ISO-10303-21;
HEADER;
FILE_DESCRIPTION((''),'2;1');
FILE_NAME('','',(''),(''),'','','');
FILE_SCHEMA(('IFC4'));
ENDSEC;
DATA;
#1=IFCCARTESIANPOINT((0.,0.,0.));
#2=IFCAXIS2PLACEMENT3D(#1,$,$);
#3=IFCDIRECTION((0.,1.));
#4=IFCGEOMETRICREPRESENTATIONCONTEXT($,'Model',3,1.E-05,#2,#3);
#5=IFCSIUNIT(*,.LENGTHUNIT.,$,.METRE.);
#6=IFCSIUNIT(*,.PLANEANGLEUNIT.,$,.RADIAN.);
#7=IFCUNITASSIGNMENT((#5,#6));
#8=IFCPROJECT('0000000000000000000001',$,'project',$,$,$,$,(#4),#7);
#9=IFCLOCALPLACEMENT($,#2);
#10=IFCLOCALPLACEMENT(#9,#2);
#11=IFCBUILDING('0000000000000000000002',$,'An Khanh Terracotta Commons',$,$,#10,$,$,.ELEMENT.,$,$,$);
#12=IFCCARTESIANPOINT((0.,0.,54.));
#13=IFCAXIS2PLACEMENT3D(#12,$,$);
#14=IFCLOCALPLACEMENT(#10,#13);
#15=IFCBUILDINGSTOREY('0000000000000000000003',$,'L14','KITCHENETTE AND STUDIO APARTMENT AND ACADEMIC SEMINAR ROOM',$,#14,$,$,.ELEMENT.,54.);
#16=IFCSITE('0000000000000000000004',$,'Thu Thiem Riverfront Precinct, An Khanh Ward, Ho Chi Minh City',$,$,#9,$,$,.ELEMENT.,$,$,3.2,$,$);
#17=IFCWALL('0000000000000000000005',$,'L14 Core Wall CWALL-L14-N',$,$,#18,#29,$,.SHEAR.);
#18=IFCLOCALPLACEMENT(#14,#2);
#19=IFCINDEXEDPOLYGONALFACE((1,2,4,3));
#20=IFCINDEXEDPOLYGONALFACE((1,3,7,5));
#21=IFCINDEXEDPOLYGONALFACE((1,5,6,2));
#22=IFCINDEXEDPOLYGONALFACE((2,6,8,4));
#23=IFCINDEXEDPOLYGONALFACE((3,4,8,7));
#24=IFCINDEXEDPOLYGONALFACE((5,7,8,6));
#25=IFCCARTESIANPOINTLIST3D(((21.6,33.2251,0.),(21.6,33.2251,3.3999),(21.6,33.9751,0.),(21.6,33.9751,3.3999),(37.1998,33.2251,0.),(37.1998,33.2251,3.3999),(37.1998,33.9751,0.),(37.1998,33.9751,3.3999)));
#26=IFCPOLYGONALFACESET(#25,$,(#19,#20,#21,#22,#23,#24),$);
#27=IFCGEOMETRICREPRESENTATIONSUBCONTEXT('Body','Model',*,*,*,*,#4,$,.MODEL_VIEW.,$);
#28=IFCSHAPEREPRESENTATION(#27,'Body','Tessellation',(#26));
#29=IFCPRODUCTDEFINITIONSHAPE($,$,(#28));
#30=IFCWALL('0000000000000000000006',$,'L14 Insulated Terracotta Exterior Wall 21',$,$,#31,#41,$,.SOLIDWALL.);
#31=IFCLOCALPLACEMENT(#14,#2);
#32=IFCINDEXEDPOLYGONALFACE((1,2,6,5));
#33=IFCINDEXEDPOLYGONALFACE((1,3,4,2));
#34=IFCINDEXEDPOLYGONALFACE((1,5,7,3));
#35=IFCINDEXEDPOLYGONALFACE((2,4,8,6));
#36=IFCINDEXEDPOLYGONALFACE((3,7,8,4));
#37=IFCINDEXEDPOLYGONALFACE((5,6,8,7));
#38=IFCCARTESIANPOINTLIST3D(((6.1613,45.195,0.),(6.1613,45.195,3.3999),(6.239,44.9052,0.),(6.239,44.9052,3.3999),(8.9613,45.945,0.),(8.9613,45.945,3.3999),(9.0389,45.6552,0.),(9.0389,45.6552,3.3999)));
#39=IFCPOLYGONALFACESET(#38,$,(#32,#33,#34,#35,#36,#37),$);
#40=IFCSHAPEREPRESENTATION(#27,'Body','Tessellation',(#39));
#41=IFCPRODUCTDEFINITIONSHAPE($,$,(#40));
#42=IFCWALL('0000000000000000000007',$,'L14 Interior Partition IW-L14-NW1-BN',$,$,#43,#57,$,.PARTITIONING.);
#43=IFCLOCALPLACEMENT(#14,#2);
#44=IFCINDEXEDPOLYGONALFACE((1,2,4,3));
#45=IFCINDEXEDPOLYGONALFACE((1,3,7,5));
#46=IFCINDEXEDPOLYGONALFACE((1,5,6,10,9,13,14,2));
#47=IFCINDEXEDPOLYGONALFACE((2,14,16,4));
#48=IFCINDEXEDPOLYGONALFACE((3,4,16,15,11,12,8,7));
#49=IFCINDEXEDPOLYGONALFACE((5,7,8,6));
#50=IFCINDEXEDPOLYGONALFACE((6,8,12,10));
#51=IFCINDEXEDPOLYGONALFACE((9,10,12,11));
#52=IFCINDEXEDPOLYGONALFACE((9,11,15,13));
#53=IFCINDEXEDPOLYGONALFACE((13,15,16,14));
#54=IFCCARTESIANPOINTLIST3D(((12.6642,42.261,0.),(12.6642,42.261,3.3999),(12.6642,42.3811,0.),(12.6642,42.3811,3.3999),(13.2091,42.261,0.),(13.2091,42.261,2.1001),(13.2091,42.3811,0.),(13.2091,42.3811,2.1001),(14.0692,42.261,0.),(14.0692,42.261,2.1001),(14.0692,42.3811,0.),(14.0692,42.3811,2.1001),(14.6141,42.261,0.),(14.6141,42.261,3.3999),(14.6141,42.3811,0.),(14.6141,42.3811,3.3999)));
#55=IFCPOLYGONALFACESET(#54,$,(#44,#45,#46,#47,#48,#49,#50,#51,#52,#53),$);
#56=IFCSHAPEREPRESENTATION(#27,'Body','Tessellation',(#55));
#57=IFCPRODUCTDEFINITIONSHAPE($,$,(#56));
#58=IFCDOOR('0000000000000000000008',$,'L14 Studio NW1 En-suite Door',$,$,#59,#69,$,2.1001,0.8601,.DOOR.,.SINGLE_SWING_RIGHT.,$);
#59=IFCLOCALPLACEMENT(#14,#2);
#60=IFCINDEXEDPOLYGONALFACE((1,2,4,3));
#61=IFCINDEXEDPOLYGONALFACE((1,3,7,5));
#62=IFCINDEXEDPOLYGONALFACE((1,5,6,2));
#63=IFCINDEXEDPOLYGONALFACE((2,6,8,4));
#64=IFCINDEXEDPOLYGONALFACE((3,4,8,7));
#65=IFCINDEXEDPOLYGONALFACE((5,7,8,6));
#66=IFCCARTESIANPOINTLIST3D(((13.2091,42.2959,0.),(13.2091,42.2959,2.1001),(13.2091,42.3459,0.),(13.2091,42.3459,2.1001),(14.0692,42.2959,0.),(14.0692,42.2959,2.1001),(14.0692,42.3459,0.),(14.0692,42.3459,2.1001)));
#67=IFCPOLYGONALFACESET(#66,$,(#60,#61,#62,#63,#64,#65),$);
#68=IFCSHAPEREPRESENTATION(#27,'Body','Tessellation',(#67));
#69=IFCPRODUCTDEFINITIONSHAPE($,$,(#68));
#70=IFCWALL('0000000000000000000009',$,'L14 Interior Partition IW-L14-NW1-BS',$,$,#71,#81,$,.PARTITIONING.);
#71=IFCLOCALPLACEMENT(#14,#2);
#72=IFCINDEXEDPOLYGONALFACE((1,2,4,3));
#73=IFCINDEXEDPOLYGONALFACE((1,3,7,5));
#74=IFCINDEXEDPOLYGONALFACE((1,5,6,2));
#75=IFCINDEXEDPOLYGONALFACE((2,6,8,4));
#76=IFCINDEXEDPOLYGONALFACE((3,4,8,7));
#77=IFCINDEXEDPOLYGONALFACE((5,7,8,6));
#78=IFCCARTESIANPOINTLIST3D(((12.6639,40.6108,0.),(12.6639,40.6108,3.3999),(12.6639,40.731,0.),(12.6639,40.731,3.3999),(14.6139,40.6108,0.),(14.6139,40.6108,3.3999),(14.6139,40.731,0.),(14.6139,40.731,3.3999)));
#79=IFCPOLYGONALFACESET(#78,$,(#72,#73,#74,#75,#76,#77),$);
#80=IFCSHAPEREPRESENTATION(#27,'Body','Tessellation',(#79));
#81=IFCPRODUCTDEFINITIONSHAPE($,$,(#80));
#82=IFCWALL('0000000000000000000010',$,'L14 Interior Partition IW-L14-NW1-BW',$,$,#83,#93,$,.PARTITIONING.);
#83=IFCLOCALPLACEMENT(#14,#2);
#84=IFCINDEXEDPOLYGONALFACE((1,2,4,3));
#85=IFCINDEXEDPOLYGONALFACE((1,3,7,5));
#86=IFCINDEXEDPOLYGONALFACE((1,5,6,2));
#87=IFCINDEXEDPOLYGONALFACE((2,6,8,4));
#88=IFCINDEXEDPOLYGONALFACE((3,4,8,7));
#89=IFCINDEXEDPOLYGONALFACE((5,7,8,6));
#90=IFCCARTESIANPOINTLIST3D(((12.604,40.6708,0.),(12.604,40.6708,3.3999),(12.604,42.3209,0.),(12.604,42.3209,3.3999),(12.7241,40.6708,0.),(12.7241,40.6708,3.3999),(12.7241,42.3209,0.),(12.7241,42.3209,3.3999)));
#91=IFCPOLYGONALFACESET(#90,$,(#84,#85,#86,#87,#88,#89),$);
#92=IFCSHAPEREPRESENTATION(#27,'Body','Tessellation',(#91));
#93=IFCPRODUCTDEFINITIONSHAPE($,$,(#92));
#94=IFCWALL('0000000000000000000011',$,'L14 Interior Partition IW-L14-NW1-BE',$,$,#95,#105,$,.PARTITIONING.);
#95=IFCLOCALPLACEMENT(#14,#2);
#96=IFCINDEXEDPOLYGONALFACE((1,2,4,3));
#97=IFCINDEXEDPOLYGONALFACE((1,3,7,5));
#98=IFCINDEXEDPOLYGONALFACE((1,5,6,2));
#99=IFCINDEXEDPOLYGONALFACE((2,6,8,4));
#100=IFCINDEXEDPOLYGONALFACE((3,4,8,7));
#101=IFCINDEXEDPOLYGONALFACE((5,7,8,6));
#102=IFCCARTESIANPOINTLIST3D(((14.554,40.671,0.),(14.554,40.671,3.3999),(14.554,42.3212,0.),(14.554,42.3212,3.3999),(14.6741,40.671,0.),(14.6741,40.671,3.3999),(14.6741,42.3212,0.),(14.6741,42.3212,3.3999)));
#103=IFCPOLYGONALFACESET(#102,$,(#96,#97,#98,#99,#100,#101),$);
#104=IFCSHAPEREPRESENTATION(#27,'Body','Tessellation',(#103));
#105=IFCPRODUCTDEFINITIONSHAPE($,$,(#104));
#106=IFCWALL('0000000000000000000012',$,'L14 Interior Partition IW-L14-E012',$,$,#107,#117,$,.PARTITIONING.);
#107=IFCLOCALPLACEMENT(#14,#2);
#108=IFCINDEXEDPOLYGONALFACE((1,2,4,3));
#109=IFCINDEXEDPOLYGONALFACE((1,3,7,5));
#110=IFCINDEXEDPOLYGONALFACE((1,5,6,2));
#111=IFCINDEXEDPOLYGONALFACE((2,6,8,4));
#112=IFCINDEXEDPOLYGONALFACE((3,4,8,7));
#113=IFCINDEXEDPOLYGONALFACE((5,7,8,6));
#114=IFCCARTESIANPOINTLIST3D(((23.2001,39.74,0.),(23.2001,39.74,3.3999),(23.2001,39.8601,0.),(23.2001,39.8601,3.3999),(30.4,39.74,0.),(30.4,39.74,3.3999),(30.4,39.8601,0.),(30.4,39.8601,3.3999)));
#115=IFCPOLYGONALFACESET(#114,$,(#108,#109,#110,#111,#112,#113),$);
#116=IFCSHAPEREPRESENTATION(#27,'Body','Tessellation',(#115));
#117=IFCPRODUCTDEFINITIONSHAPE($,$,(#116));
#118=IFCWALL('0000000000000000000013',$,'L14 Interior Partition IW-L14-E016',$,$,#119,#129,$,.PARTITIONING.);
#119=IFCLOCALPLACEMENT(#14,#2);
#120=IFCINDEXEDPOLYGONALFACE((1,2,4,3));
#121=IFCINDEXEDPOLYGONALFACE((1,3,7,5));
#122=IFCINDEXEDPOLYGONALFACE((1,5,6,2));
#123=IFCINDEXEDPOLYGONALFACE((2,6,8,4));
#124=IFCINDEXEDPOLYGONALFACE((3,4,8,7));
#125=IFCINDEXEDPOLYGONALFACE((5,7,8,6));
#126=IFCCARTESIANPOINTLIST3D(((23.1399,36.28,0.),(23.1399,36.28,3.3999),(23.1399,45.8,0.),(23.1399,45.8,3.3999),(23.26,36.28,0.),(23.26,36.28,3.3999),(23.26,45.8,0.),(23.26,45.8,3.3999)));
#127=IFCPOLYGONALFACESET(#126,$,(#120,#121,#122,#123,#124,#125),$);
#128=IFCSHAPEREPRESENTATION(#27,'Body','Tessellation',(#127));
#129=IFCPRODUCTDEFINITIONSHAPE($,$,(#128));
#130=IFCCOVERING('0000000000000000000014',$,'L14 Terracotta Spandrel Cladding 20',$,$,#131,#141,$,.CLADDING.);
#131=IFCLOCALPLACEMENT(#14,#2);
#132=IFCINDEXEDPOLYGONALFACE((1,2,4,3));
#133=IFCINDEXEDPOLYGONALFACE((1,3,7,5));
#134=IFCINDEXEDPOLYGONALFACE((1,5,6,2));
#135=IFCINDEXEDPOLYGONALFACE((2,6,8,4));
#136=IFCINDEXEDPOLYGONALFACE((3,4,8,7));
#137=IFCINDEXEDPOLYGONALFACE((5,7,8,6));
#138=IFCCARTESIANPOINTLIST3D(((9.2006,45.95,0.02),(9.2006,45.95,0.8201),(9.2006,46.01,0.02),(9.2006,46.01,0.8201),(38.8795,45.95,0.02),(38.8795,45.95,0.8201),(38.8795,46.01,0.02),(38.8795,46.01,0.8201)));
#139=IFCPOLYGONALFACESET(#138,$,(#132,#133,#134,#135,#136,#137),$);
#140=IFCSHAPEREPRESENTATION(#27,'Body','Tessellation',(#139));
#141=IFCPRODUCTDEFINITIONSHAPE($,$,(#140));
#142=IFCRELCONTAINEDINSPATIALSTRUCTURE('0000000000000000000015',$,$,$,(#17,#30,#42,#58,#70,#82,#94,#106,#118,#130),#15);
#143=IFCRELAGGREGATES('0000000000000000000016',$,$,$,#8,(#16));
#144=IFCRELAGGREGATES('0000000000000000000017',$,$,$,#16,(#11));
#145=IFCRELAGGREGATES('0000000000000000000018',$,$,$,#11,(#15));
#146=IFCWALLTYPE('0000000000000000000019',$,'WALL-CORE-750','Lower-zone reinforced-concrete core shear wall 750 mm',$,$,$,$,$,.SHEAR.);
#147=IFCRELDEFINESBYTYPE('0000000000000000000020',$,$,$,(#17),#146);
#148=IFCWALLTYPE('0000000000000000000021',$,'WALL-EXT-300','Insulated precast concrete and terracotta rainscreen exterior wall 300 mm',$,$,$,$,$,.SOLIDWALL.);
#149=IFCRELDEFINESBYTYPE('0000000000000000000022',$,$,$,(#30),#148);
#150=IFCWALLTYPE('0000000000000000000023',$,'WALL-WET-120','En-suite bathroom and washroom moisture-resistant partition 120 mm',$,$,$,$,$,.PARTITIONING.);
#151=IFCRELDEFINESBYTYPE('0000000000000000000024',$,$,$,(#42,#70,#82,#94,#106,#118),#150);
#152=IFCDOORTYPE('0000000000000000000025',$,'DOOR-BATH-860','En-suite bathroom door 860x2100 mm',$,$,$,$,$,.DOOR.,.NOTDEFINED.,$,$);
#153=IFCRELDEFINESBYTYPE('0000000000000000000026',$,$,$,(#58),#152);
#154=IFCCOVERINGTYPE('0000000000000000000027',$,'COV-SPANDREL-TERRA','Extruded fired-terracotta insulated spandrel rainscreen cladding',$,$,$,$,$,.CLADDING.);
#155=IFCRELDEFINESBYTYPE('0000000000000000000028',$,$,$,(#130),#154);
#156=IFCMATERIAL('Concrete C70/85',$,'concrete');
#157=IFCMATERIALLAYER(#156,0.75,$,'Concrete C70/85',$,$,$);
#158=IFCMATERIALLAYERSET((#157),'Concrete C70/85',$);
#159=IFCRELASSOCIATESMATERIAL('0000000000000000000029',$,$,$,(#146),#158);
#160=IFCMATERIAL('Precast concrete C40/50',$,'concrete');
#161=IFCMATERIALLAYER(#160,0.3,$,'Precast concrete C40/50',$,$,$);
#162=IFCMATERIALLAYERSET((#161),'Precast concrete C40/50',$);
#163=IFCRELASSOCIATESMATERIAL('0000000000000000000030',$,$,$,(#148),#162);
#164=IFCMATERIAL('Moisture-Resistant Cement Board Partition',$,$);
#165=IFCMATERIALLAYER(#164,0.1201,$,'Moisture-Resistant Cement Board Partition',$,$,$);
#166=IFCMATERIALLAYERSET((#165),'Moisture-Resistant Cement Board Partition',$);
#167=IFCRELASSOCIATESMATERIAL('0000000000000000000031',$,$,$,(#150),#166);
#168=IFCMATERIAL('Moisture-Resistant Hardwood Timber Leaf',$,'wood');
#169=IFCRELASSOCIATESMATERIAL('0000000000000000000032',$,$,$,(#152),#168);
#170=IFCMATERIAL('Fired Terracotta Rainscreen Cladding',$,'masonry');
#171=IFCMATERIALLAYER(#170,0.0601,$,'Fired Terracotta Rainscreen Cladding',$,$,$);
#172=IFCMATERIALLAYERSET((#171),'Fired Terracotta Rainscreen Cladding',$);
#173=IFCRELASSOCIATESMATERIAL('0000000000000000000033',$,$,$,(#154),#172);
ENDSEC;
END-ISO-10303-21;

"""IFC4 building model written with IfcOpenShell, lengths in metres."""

from ifc_helpers import new_model, si_unit, direction, frame, frame_2d, origin, origin_2d, place, context, subcontext, project, spatial, rectangle, extrude, material, layer, layer_set, type_object, element, fill, save


model = new_model("IFC4")

# Units and contexts
model_context = context("Model", 3, precision=1e-05, world=origin(), true_north=direction((0.0, 1.0)))
body_context = subcontext(model_context, "Body", "Model", "MODEL_VIEW")
ifc_project = project(units=[si_unit("LENGTHUNIT", "METRE"), si_unit("PLANEANGLEUNIT", "RADIAN")], contexts=[model_context])

# Site, building, storey
site_placement = place(None, origin())
site = spatial("IfcSite", under=ifc_project, at=site_placement, Name="Thu Thiem Riverfront Precinct, An Khanh Ward, Ho Chi Minh City", CompositionType="ELEMENT", RefElevation=3.2)
building_placement = place(site_placement, origin())
building = spatial("IfcBuilding", under=site, at=building_placement, Name="An Khanh Terracotta Commons", CompositionType="ELEMENT")
storey_placement = place(building_placement, frame((0.0, 0.0, 54.0)))
storey = spatial("IfcBuildingStorey", under=building, at=storey_placement, Name="L14", Description="KITCHENETTE AND STUDIO APARTMENT AND ACADEMIC SEMINAR ROOM", CompositionType="ELEMENT", Elevation=54.0)

# Walls
ifc_material_1 = material(Name="Concrete C70/85", Category="concrete")
ifc_layer_1 = layer(ifc_material_1, 0.75, Name="Concrete C70/85")
ifc_layer_set_1 = layer_set([ifc_layer_1], Name="Concrete C70/85")
wall_type_1 = type_object("IfcWallType", Name="WALL-CORE-750", Description="Lower-zone reinforced-concrete core shear wall 750 mm", PredefinedType="SHEAR", material=ifc_layer_set_1)
wall_1_placement = place(storey_placement, frame((21.6001, 33.6001, 0.0), z_axis=(0.0, 0.0, 1.0), x_axis=(1.0, 0.0, 0.0)))
element("IfcWall", 1, at=wall_1_placement, inside=storey, type_object=wall_type_1, Name="L14 Core Wall CWALL-L14-N", PredefinedType="SHEAR", context=body_context, shape_type="SweptSolid", body=[
    extrude(rectangle(XDim=15.5999, YDim=0.75, at=frame_2d((7.7998, 0.0))), origin(), (0.0, 0.0, 1.0), 3.3999),
])
ifc_material_2 = material(Name="Precast concrete C40/50", Category="concrete")
ifc_layer_2 = layer(ifc_material_2, 0.3, Name="Precast concrete C40/50")
ifc_layer_set_2 = layer_set([ifc_layer_2], Name="Precast concrete C40/50")
wall_type_2 = type_object("IfcWallType", Name="WALL-EXT-300", Description="Insulated precast concrete and terracotta rainscreen exterior wall 300 mm", PredefinedType="SOLIDWALL", material=ifc_layer_set_2)
wall_2_placement = place(storey_placement, frame((9.0, 45.8, 0.0), z_axis=(0.0, 0.0, 1.0), x_axis=(-0.965949, -0.258732, 0.0)))
element("IfcWall", 2, at=wall_2_placement, inside=storey, type_object=wall_type_2, Name="L14 Insulated Terracotta Exterior Wall 21", PredefinedType="SOLIDWALL", context=body_context, shape_type="SweptSolid", body=[
    extrude(rectangle(XDim=2.8987, YDim=0.3, at=frame_2d((1.4492, 0.0))), origin(), (0.0, 0.0, 1.0), 3.3999),
])

# Wall, opening, door
ifc_material_3 = material(Name="Moisture-Resistant Cement Board Partition")
ifc_layer_3 = layer(ifc_material_3, 0.1201, Name="Moisture-Resistant Cement Board Partition")
ifc_layer_set_3 = layer_set([ifc_layer_3], Name="Moisture-Resistant Cement Board Partition")
wall_type_3 = type_object("IfcWallType", Name="WALL-WET-120", Description="En-suite bathroom and washroom moisture-resistant partition 120 mm", PredefinedType="PARTITIONING", material=ifc_layer_set_3)
wall_3_placement = place(storey_placement, frame((12.6641, 42.321, 0.0), z_axis=(0.0, 0.0, 1.0), x_axis=(1.0, 0.0, 0.0)))
wall_3 = element("IfcWall", 3, at=wall_3_placement, inside=storey, type_object=wall_type_3, Name="L14 Interior Partition IW-L14-NW1-BN", PredefinedType="PARTITIONING", context=body_context, shape_type="SweptSolid", body=[
    extrude(rectangle(XDim=1.95, YDim=0.1201, at=frame_2d((0.9751, 0.0))), origin(), (0.0, 0.0, 1.0), 3.3999),
])
opening_placement = place(wall_3_placement, frame((0.5449, 0.0, 0.0)))
opening = element("IfcOpeningElement", 4, at=opening_placement, cuts=wall_3, PredefinedType="OPENING", context=body_context, shape_type="SweptSolid", body=[
    extrude(rectangle(XDim=0.8601, YDim=2.1001, at=frame_2d((0.4302, 1.05))), frame((0.0, 0.0701, 0.0), z_axis=(0.0, -1.0, 0.0), x_axis=(1.0, 0.0, 0.0)), (0.0, 0.0, 1.0), 0.1401),
])
ifc_material_4 = material(Name="Moisture-Resistant Hardwood Timber Leaf", Category="wood")
door_type = type_object("IfcDoorType", Name="DOOR-BATH-860", Description="En-suite bathroom door 860x2100 mm", OperationType="NOTDEFINED", PredefinedType="DOOR", material=ifc_material_4)
door_placement = place(opening_placement, origin())
door = element("IfcDoor", 5, at=door_placement, inside=storey, type_object=door_type, Name="L14 Studio NW1 En-suite Door", OperationType="SINGLE_SWING_RIGHT", OverallHeight=2.1001, OverallWidth=0.8601, PredefinedType="DOOR", context=body_context, shape_type="SweptSolid", body=[
    extrude(rectangle(XDim=0.8601, YDim=2.1001, at=frame_2d((0.4302, 1.05))), frame((0.0, 0.0249, 0.0), z_axis=(0.0, -1.0, 0.0), x_axis=(1.0, 0.0, 0.0)), (0.0, 0.0, 1.0), 0.05),
])
fill(opening, door)

# Walls
wall_4_placement = place(storey_placement, frame((14.614, 40.6709, 0.0), z_axis=(0.0, 0.0, 1.0), x_axis=(-1.0, 0.0, 0.0)))
element("IfcWall", 6, at=wall_4_placement, inside=storey, type_object=wall_type_3, Name="L14 Interior Partition IW-L14-NW1-BS", PredefinedType="PARTITIONING", context=body_context, shape_type="SweptSolid", body=[
    extrude(rectangle(XDim=1.95, YDim=0.1201, at=frame_2d((0.9751, 0.0))), origin(), (0.0, 0.0, 1.0), 3.3999),
])
for number, where, z_axis, x_axis, name in (
    (7, (12.6641, 42.321, 0.0), (0.0, 0.0, 1.0), (0.0, -1.0, 0.0), "L14 Interior Partition IW-L14-NW1-BW"),
    (8, (14.614, 40.6709, 0.0), (0.0, 0.0, 1.0), (0.0, 1.0, 0.0), "L14 Interior Partition IW-L14-NW1-BE"),
):
    element("IfcWall", number, at=place(storey_placement, frame(where, z_axis=z_axis, x_axis=x_axis)), inside=storey, type_object=wall_type_3, Name=name, PredefinedType="PARTITIONING", context=body_context, shape_type="SweptSolid", body=[
        extrude(rectangle(XDim=1.6501, YDim=0.1201, at=frame_2d((0.8252, 0.0))), origin(), (0.0, 0.0, 1.0), 3.3999),
    ])
wall_5_placement = place(storey_placement, frame((23.2, 39.8, 0.0), z_axis=(0.0, 0.0, 1.0), x_axis=(1.0, 0.0, 0.0)))
element("IfcWall", 9, at=wall_5_placement, inside=storey, type_object=wall_type_3, Name="L14 Interior Partition IW-L14-E012", PredefinedType="PARTITIONING", context=body_context, shape_type="SweptSolid", body=[
    extrude(rectangle(XDim=7.2, YDim=0.1201, at=frame_2d((3.6001, 0.0))), origin(), (0.0, 0.0, 1.0), 3.3999),
])
wall_6_placement = place(storey_placement, frame((23.2, 36.28, 0.0), z_axis=(0.0, 0.0, 1.0), x_axis=(0.0, 1.0, 0.0)))
element("IfcWall", 10, at=wall_6_placement, inside=storey, type_object=wall_type_3, Name="L14 Interior Partition IW-L14-E016", PredefinedType="PARTITIONING", context=body_context, shape_type="SweptSolid", body=[
    extrude(rectangle(XDim=9.52, YDim=0.1201, at=frame_2d((4.76, 0.0))), origin(), (0.0, 0.0, 1.0), 3.3999),
])

# Covering
ifc_material_5 = material(Name="Fired Terracotta Rainscreen Cladding", Category="masonry")
ifc_layer_4 = layer(ifc_material_5, 0.0601, Name="Fired Terracotta Rainscreen Cladding")
ifc_layer_set_4 = layer_set([ifc_layer_4], Name="Fired Terracotta Rainscreen Cladding")
covering_type = type_object("IfcCoveringType", Name="COV-SPANDREL-TERRA", Description="Extruded fired-terracotta insulated spandrel rainscreen cladding", PredefinedType="CLADDING", material=ifc_layer_set_4)
covering_placement = place(storey_placement, frame((24.04, 45.98, 0.02), z_axis=(0.0, 0.0, 1.0), x_axis=(-1.0, 0.0, 0.0)))
element("IfcCovering", 11, at=covering_placement, inside=storey, type_object=covering_type, Name="L14 Terracotta Spandrel Cladding 20", PredefinedType="CLADDING", context=body_context, shape_type="SweptSolid", body=[
    extrude(rectangle(XDim=29.679, YDim=0.0601, at=origin_2d()), origin(), (0.0, 0.0, 1.0), 0.8),
])

save(model, "model.ifc")
